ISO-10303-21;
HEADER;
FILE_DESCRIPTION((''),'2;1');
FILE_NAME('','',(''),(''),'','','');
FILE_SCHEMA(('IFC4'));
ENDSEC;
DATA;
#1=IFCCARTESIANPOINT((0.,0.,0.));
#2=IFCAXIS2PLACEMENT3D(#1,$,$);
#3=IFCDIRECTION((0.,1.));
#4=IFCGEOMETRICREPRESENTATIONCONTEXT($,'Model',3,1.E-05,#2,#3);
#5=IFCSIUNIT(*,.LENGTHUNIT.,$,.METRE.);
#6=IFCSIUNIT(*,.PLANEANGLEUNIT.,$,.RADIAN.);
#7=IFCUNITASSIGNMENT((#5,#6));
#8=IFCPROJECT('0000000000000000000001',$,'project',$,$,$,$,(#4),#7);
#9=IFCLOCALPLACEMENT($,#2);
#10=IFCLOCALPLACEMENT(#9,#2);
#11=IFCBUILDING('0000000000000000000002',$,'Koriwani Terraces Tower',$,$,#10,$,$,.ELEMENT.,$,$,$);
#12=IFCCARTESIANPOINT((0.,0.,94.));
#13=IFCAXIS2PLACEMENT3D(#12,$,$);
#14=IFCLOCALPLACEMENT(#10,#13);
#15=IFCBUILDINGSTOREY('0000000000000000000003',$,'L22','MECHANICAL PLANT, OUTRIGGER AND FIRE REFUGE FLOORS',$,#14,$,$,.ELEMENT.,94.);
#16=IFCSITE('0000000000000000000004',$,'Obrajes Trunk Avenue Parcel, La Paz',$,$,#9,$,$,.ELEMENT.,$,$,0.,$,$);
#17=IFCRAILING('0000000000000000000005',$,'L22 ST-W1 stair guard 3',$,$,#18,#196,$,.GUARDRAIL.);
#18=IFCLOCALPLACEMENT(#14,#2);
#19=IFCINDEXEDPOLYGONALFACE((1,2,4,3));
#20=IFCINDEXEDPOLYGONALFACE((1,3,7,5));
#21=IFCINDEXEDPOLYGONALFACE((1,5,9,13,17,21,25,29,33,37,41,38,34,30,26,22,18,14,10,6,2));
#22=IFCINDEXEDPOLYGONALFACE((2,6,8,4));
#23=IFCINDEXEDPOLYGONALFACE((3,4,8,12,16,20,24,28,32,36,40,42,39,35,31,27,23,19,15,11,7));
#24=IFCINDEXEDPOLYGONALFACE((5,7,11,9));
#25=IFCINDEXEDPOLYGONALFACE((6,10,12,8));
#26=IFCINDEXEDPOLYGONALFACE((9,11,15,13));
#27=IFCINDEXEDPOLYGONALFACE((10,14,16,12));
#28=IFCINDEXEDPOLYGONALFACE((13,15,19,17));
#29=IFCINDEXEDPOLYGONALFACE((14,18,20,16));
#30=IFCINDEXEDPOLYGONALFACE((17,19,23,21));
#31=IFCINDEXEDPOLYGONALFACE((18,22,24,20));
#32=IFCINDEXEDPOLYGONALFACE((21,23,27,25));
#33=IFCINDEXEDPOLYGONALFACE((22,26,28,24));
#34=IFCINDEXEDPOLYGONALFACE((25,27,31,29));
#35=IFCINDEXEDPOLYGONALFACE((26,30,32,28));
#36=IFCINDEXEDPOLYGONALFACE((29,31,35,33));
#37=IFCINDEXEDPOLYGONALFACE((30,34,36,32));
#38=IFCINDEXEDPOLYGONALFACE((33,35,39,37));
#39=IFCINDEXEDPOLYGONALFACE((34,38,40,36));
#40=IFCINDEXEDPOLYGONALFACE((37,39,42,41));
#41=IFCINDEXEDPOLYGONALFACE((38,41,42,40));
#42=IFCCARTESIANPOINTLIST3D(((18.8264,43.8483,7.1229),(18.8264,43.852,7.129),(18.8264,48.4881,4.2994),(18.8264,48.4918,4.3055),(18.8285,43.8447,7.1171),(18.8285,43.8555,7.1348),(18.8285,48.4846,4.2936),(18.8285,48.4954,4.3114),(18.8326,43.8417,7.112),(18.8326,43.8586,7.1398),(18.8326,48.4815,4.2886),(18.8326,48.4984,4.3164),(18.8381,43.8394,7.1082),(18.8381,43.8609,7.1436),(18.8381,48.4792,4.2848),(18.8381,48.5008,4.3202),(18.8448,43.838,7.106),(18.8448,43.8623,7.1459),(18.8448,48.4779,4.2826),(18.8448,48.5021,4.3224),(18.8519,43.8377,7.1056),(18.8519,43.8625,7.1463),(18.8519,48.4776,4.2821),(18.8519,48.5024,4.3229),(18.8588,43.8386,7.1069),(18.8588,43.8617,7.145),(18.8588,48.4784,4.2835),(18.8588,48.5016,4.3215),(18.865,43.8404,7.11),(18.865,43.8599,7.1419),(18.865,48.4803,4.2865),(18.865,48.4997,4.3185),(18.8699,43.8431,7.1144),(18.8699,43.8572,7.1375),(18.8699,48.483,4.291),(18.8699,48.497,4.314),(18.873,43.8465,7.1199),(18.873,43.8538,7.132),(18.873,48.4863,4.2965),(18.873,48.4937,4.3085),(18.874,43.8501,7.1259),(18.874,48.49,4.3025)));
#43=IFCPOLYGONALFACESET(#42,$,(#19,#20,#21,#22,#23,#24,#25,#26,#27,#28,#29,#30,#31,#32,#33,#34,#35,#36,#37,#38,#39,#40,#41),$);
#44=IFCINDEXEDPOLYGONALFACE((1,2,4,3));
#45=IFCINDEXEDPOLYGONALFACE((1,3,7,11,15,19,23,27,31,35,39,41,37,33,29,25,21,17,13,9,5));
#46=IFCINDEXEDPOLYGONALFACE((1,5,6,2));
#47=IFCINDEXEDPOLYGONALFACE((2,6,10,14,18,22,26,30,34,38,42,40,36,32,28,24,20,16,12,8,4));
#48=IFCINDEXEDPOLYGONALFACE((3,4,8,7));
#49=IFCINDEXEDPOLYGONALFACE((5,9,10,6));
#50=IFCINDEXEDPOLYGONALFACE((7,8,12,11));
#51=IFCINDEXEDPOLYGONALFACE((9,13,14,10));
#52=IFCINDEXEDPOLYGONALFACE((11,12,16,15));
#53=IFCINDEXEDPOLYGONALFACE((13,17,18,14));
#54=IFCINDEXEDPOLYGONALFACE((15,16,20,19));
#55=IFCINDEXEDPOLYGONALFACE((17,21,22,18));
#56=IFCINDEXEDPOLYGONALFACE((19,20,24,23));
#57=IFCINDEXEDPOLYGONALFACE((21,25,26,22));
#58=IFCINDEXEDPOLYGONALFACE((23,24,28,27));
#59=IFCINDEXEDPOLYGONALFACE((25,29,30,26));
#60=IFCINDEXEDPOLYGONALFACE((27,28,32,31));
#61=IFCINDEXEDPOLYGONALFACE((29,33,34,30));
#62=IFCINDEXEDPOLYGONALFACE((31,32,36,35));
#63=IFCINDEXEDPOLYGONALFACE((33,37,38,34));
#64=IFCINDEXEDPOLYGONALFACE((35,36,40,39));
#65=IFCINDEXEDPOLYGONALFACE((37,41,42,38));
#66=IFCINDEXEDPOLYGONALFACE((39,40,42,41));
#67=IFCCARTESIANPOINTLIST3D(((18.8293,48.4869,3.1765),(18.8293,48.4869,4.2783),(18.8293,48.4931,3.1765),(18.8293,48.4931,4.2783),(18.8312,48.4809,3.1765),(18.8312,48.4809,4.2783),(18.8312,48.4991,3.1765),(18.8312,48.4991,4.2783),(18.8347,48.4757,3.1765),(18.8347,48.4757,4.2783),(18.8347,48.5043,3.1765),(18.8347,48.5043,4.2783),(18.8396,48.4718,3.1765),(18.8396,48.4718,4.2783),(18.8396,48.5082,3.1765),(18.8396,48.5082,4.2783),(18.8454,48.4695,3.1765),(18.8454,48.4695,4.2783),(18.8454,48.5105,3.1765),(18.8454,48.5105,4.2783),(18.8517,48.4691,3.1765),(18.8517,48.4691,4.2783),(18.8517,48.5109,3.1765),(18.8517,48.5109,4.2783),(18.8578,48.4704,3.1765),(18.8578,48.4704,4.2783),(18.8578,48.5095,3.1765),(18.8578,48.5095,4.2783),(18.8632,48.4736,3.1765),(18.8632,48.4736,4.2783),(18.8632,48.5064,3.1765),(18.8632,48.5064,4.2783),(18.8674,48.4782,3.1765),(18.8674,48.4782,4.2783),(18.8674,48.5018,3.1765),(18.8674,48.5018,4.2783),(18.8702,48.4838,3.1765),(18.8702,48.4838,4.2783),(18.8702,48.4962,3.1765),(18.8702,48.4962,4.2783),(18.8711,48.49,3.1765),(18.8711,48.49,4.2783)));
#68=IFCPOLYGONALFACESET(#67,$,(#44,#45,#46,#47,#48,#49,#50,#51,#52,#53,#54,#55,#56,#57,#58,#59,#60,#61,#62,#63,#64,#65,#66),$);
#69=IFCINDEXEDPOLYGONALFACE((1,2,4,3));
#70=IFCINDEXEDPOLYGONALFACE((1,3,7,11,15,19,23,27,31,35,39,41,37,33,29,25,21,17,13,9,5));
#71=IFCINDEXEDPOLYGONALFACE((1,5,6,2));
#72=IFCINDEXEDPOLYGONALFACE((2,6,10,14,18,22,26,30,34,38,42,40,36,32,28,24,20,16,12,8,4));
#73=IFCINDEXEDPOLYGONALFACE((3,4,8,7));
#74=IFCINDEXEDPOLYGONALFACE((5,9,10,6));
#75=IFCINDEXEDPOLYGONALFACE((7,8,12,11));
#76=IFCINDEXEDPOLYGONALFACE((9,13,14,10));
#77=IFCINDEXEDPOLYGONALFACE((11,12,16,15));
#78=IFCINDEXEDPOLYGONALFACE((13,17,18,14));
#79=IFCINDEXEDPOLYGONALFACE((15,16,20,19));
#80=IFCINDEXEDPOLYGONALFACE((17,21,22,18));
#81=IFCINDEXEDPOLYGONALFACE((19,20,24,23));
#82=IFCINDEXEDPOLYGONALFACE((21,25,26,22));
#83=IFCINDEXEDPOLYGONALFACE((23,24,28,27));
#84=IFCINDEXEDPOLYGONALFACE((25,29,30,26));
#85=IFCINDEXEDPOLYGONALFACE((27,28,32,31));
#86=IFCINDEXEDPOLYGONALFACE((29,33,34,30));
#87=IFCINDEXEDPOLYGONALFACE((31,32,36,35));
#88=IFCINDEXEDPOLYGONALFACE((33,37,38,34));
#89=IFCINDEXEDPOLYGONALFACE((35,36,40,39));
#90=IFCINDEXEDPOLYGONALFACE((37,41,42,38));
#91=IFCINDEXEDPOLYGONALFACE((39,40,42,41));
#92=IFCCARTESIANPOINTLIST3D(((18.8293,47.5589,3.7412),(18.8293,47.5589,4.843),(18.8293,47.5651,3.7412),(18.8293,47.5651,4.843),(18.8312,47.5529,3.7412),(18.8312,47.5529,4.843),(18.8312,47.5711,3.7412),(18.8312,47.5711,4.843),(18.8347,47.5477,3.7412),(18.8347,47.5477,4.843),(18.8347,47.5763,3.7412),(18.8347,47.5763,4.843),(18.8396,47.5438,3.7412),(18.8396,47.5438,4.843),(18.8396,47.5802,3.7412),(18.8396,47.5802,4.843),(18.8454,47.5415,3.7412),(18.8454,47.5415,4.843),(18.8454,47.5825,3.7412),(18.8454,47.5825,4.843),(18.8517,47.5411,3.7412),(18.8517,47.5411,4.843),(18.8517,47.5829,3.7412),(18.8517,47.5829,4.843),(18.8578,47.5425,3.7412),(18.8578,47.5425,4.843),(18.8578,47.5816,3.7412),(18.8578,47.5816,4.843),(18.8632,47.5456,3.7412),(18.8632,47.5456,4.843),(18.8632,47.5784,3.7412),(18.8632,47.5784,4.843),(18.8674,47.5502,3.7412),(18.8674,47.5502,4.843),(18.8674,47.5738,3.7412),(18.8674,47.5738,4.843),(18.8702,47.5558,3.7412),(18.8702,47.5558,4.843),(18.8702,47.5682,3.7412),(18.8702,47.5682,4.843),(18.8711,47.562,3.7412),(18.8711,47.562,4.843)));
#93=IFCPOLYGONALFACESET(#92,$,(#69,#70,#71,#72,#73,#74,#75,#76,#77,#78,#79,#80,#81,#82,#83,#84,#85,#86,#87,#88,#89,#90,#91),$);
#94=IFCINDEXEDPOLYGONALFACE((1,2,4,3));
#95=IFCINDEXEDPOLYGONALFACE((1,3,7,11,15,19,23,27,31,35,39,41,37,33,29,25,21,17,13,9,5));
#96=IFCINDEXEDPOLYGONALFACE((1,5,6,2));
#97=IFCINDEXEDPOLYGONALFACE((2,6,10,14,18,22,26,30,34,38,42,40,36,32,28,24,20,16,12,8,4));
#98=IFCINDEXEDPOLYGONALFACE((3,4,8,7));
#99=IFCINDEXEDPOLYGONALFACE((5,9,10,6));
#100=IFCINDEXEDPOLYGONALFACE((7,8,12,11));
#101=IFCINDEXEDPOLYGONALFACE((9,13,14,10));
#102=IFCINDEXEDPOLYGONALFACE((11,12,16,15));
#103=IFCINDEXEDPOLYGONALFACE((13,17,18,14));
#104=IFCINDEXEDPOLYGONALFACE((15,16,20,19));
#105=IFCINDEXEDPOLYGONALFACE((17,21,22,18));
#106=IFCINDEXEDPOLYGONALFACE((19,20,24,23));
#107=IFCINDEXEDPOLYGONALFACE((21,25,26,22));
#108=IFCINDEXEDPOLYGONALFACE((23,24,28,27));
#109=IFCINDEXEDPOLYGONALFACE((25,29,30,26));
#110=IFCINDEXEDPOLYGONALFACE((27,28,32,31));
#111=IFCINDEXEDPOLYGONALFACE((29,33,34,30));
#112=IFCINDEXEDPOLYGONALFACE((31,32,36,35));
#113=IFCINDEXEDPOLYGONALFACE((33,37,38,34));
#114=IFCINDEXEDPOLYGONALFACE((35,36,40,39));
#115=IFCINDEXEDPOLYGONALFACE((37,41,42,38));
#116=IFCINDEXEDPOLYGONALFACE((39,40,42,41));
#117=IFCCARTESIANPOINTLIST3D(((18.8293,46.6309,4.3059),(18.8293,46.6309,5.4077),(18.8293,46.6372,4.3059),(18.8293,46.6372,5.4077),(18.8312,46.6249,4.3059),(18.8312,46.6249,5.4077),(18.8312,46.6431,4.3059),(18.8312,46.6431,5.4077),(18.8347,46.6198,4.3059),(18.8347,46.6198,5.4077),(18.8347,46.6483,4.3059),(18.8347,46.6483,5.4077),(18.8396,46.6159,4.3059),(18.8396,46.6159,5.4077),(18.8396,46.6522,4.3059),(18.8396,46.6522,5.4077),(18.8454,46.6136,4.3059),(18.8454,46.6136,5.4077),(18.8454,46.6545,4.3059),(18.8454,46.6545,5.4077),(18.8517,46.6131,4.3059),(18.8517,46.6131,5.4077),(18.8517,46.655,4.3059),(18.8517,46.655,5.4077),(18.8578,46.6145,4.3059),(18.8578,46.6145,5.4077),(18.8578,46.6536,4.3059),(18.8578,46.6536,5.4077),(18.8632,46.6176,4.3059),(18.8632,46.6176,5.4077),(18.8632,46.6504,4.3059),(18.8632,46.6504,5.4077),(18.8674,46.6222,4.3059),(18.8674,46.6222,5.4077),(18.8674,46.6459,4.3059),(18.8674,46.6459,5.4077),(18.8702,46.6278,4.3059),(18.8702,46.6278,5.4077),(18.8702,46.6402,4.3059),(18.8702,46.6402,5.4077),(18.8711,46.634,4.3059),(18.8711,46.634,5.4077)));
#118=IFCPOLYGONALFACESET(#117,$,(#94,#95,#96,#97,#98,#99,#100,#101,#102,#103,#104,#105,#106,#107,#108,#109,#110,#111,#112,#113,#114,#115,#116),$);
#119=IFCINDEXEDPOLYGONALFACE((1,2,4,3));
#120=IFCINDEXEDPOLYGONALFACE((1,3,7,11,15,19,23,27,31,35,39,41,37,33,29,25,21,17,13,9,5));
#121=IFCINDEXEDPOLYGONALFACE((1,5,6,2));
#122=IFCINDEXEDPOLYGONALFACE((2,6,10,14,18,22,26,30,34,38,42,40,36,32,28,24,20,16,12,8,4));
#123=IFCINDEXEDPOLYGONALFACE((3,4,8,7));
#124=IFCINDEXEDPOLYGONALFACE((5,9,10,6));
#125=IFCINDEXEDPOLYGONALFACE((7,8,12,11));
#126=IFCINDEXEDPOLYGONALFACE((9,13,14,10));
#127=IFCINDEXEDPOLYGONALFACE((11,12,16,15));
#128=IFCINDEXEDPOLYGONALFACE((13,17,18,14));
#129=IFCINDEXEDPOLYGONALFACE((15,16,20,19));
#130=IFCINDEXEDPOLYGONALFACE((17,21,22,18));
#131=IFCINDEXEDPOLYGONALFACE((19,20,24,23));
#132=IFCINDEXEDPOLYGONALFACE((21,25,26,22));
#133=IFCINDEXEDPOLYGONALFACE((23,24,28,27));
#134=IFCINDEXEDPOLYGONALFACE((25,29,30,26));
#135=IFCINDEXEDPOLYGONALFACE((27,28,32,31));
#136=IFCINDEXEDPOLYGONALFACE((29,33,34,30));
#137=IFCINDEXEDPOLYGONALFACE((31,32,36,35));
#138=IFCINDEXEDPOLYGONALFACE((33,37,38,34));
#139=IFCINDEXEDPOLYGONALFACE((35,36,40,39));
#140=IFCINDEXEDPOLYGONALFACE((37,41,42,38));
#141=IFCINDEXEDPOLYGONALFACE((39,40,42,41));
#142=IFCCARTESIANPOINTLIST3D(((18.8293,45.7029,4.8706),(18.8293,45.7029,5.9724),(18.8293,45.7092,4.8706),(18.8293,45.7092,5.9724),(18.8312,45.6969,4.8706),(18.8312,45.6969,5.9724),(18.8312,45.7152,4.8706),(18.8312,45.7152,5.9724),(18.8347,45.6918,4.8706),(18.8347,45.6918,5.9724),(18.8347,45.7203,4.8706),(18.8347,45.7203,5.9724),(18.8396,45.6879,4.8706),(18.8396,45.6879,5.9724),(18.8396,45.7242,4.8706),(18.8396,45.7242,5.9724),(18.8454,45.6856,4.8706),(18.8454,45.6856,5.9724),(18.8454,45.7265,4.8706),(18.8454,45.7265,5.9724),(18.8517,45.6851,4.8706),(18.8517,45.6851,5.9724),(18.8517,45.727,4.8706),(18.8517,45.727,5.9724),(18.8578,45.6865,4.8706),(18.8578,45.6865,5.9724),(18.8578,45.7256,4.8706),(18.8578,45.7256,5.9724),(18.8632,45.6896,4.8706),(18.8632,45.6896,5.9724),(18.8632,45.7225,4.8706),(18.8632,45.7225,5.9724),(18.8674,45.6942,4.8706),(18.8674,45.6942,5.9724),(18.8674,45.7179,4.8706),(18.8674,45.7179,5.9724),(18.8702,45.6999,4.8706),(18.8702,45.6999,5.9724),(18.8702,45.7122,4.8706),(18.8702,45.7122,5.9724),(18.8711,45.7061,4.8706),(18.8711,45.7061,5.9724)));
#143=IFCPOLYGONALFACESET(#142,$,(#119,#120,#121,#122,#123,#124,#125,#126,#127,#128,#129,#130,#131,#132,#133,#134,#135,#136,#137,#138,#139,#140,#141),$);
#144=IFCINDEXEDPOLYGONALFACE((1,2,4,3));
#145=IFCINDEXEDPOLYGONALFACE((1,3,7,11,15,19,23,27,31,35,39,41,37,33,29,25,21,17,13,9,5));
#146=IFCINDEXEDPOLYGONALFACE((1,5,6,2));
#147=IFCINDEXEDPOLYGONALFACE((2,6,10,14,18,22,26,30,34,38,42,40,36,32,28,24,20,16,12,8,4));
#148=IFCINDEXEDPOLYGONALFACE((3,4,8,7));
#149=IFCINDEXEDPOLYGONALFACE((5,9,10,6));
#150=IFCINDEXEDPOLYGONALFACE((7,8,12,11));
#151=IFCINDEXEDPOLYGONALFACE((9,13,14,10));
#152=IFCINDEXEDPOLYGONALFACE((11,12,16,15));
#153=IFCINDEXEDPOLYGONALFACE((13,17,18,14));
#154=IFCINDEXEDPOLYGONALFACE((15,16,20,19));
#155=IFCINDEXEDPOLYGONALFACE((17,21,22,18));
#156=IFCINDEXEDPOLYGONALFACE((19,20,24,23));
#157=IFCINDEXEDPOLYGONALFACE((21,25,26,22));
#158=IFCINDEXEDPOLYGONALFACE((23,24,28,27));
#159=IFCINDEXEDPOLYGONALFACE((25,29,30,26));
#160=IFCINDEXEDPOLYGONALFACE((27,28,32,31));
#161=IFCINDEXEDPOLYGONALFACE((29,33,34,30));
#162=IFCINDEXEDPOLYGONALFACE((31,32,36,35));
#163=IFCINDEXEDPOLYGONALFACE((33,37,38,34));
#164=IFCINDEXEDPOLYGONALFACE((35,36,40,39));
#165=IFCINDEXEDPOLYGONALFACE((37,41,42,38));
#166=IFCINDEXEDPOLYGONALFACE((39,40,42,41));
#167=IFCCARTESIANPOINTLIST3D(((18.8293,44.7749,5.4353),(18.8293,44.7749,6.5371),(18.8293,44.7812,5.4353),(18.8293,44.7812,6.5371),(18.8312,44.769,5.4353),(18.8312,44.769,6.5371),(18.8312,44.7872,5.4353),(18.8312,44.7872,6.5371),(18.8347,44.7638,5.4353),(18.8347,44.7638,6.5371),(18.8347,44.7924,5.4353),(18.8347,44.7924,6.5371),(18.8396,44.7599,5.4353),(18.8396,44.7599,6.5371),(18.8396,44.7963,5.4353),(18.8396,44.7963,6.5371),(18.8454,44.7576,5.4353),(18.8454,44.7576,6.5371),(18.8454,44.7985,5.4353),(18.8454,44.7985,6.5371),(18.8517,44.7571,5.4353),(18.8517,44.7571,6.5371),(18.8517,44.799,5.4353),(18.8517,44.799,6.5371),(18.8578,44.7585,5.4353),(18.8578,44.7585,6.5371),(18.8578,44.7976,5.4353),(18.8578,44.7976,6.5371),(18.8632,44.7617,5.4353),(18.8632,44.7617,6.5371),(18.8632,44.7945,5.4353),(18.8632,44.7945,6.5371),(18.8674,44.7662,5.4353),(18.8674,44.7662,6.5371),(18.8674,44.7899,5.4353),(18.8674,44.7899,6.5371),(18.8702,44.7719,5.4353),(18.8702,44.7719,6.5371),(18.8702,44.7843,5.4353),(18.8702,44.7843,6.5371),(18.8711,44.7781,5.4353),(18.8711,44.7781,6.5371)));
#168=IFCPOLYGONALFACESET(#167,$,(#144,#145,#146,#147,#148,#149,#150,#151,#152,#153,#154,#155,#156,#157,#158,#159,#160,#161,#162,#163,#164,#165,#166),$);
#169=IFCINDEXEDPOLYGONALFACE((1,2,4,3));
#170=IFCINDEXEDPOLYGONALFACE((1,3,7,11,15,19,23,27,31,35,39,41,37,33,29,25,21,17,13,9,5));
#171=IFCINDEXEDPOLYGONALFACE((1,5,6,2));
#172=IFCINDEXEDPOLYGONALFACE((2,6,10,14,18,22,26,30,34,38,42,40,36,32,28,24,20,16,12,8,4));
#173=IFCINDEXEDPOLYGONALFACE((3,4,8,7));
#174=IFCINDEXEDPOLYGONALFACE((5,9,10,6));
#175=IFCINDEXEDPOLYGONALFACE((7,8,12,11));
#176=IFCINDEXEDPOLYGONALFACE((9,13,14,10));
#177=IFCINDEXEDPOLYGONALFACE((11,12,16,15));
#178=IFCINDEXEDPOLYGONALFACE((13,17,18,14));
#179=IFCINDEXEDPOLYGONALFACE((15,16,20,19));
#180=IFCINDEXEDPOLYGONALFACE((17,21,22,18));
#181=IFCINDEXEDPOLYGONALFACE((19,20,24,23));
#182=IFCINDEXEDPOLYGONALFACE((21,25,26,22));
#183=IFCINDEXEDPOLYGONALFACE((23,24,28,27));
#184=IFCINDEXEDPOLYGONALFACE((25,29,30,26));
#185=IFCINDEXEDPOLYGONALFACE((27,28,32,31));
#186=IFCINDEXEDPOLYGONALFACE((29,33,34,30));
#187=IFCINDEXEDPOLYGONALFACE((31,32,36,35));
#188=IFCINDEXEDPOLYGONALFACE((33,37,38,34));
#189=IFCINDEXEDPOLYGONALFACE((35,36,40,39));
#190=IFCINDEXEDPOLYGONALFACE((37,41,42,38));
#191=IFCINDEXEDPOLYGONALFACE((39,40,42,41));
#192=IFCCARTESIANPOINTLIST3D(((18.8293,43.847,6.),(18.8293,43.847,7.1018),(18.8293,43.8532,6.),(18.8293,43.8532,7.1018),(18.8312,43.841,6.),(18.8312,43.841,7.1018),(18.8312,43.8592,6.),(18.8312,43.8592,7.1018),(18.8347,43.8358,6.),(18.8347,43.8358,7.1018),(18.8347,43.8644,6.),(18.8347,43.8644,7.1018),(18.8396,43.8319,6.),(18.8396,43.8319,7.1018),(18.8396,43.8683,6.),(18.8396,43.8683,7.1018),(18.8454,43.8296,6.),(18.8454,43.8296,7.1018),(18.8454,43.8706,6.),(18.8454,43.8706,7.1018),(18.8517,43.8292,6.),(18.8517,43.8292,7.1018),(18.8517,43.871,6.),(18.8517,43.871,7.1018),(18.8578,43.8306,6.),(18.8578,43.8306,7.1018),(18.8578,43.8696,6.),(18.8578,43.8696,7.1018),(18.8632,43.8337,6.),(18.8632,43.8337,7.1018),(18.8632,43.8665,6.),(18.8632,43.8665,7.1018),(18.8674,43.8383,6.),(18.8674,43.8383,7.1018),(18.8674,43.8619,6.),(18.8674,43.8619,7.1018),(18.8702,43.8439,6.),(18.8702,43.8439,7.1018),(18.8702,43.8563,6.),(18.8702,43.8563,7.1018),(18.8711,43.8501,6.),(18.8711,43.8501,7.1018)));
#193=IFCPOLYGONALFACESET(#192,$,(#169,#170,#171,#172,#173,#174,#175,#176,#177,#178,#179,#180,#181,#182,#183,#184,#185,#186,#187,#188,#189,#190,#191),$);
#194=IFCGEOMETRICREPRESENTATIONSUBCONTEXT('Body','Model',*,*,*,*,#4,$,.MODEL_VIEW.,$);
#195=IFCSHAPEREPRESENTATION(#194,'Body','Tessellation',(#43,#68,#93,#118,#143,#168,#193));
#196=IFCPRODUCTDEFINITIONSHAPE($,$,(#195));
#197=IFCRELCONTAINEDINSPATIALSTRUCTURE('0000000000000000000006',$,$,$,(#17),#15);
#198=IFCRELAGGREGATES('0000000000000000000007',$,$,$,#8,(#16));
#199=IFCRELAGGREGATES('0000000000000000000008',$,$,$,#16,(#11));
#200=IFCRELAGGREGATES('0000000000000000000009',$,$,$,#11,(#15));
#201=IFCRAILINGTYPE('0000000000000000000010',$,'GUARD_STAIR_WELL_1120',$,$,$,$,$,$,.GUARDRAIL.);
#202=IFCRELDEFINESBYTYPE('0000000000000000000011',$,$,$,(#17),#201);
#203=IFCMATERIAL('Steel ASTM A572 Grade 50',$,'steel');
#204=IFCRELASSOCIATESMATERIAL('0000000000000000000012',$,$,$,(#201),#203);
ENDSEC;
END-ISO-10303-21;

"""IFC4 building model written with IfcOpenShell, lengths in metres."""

from ifc_helpers import new_model, si_unit, direction, frame, origin, origin_2d, place, context, subcontext, project, spatial, circle, extrude, material, type_object, element, save


model = new_model("IFC4")

# Units and contexts
model_context = context("Model", 3, precision=1e-05, world=origin(), true_north=direction((0.0, 1.0)))
body_context = subcontext(model_context, "Body", "Model", "MODEL_VIEW")
ifc_project = project(units=[si_unit("LENGTHUNIT", "METRE"), si_unit("PLANEANGLEUNIT", "RADIAN")], contexts=[model_context])

# Site, building, storey
site_placement = place(None, origin())
site = spatial("IfcSite", under=ifc_project, at=site_placement, Name="Obrajes Trunk Avenue Parcel, La Paz", CompositionType="ELEMENT", RefElevation=0.0)
building_placement = place(site_placement, origin())
building = spatial("IfcBuilding", under=site, at=building_placement, Name="Koriwani Terraces Tower", CompositionType="ELEMENT")
storey_placement = place(building_placement, frame((0.0, 0.0, 94.0)))
storey = spatial("IfcBuildingStorey", under=building, at=storey_placement, Name="L22", Description="MECHANICAL PLANT, OUTRIGGER AND FIRE REFUGE FLOORS", CompositionType="ELEMENT", Elevation=94.0)

# Shared definitions
ifc_material_1 = material(Name="Steel ASTM A572 Grade 50", Category="steel")

# Railing
railing_type_1 = type_object("IfcRailingType", Name="GUARD_STAIR_WELL_1120", PredefinedType="GUARDRAIL", material=ifc_material_1)
railing_1_placement = place(storey_placement, frame((18.8501, 48.49, 3.1765)))
element("IfcRailing", 1, at=railing_1_placement, inside=storey, type_object=railing_type_1, Name="L22 ST-W1 stair guard 3", PredefinedType="GUARDRAIL", context=body_context, shape_type="SweptSolid", body=[
    extrude(circle(Radius=0.0239, at=origin_2d()), frame((0.0, 0.0, 1.126), z_axis=(0.0, -0.854264, 0.51984), x_axis=(1.0, 0.0, 0.0)), (0.0, 0.0, 1.0), 5.4314),
    extrude(circle(Radius=0.021, at=origin_2d()), origin(), (0.0, 0.0, 1.0), 1.1018),
    extrude(circle(Radius=0.021, at=origin_2d()), frame((0.0, -0.928, 0.5647)), (0.0, 0.0, 1.0), 1.1018),
    extrude(circle(Radius=0.021, at=origin_2d()), frame((0.0, -1.856, 1.1294)), (0.0, 0.0, 1.0), 1.1018),
    extrude(circle(Radius=0.021, at=origin_2d()), frame((0.0, -2.7839, 1.6941)), (0.0, 0.0, 1.0), 1.1018),
    extrude(circle(Radius=0.021, at=origin_2d()), frame((0.0, -3.7119, 2.2588)), (0.0, 0.0, 1.0), 1.1018),
    extrude(circle(Radius=0.021, at=origin_2d()), frame((0.0, -4.6399, 2.8235)), (0.0, 0.0, 1.0), 1.1018),
])

save(model, "model.ifc")
